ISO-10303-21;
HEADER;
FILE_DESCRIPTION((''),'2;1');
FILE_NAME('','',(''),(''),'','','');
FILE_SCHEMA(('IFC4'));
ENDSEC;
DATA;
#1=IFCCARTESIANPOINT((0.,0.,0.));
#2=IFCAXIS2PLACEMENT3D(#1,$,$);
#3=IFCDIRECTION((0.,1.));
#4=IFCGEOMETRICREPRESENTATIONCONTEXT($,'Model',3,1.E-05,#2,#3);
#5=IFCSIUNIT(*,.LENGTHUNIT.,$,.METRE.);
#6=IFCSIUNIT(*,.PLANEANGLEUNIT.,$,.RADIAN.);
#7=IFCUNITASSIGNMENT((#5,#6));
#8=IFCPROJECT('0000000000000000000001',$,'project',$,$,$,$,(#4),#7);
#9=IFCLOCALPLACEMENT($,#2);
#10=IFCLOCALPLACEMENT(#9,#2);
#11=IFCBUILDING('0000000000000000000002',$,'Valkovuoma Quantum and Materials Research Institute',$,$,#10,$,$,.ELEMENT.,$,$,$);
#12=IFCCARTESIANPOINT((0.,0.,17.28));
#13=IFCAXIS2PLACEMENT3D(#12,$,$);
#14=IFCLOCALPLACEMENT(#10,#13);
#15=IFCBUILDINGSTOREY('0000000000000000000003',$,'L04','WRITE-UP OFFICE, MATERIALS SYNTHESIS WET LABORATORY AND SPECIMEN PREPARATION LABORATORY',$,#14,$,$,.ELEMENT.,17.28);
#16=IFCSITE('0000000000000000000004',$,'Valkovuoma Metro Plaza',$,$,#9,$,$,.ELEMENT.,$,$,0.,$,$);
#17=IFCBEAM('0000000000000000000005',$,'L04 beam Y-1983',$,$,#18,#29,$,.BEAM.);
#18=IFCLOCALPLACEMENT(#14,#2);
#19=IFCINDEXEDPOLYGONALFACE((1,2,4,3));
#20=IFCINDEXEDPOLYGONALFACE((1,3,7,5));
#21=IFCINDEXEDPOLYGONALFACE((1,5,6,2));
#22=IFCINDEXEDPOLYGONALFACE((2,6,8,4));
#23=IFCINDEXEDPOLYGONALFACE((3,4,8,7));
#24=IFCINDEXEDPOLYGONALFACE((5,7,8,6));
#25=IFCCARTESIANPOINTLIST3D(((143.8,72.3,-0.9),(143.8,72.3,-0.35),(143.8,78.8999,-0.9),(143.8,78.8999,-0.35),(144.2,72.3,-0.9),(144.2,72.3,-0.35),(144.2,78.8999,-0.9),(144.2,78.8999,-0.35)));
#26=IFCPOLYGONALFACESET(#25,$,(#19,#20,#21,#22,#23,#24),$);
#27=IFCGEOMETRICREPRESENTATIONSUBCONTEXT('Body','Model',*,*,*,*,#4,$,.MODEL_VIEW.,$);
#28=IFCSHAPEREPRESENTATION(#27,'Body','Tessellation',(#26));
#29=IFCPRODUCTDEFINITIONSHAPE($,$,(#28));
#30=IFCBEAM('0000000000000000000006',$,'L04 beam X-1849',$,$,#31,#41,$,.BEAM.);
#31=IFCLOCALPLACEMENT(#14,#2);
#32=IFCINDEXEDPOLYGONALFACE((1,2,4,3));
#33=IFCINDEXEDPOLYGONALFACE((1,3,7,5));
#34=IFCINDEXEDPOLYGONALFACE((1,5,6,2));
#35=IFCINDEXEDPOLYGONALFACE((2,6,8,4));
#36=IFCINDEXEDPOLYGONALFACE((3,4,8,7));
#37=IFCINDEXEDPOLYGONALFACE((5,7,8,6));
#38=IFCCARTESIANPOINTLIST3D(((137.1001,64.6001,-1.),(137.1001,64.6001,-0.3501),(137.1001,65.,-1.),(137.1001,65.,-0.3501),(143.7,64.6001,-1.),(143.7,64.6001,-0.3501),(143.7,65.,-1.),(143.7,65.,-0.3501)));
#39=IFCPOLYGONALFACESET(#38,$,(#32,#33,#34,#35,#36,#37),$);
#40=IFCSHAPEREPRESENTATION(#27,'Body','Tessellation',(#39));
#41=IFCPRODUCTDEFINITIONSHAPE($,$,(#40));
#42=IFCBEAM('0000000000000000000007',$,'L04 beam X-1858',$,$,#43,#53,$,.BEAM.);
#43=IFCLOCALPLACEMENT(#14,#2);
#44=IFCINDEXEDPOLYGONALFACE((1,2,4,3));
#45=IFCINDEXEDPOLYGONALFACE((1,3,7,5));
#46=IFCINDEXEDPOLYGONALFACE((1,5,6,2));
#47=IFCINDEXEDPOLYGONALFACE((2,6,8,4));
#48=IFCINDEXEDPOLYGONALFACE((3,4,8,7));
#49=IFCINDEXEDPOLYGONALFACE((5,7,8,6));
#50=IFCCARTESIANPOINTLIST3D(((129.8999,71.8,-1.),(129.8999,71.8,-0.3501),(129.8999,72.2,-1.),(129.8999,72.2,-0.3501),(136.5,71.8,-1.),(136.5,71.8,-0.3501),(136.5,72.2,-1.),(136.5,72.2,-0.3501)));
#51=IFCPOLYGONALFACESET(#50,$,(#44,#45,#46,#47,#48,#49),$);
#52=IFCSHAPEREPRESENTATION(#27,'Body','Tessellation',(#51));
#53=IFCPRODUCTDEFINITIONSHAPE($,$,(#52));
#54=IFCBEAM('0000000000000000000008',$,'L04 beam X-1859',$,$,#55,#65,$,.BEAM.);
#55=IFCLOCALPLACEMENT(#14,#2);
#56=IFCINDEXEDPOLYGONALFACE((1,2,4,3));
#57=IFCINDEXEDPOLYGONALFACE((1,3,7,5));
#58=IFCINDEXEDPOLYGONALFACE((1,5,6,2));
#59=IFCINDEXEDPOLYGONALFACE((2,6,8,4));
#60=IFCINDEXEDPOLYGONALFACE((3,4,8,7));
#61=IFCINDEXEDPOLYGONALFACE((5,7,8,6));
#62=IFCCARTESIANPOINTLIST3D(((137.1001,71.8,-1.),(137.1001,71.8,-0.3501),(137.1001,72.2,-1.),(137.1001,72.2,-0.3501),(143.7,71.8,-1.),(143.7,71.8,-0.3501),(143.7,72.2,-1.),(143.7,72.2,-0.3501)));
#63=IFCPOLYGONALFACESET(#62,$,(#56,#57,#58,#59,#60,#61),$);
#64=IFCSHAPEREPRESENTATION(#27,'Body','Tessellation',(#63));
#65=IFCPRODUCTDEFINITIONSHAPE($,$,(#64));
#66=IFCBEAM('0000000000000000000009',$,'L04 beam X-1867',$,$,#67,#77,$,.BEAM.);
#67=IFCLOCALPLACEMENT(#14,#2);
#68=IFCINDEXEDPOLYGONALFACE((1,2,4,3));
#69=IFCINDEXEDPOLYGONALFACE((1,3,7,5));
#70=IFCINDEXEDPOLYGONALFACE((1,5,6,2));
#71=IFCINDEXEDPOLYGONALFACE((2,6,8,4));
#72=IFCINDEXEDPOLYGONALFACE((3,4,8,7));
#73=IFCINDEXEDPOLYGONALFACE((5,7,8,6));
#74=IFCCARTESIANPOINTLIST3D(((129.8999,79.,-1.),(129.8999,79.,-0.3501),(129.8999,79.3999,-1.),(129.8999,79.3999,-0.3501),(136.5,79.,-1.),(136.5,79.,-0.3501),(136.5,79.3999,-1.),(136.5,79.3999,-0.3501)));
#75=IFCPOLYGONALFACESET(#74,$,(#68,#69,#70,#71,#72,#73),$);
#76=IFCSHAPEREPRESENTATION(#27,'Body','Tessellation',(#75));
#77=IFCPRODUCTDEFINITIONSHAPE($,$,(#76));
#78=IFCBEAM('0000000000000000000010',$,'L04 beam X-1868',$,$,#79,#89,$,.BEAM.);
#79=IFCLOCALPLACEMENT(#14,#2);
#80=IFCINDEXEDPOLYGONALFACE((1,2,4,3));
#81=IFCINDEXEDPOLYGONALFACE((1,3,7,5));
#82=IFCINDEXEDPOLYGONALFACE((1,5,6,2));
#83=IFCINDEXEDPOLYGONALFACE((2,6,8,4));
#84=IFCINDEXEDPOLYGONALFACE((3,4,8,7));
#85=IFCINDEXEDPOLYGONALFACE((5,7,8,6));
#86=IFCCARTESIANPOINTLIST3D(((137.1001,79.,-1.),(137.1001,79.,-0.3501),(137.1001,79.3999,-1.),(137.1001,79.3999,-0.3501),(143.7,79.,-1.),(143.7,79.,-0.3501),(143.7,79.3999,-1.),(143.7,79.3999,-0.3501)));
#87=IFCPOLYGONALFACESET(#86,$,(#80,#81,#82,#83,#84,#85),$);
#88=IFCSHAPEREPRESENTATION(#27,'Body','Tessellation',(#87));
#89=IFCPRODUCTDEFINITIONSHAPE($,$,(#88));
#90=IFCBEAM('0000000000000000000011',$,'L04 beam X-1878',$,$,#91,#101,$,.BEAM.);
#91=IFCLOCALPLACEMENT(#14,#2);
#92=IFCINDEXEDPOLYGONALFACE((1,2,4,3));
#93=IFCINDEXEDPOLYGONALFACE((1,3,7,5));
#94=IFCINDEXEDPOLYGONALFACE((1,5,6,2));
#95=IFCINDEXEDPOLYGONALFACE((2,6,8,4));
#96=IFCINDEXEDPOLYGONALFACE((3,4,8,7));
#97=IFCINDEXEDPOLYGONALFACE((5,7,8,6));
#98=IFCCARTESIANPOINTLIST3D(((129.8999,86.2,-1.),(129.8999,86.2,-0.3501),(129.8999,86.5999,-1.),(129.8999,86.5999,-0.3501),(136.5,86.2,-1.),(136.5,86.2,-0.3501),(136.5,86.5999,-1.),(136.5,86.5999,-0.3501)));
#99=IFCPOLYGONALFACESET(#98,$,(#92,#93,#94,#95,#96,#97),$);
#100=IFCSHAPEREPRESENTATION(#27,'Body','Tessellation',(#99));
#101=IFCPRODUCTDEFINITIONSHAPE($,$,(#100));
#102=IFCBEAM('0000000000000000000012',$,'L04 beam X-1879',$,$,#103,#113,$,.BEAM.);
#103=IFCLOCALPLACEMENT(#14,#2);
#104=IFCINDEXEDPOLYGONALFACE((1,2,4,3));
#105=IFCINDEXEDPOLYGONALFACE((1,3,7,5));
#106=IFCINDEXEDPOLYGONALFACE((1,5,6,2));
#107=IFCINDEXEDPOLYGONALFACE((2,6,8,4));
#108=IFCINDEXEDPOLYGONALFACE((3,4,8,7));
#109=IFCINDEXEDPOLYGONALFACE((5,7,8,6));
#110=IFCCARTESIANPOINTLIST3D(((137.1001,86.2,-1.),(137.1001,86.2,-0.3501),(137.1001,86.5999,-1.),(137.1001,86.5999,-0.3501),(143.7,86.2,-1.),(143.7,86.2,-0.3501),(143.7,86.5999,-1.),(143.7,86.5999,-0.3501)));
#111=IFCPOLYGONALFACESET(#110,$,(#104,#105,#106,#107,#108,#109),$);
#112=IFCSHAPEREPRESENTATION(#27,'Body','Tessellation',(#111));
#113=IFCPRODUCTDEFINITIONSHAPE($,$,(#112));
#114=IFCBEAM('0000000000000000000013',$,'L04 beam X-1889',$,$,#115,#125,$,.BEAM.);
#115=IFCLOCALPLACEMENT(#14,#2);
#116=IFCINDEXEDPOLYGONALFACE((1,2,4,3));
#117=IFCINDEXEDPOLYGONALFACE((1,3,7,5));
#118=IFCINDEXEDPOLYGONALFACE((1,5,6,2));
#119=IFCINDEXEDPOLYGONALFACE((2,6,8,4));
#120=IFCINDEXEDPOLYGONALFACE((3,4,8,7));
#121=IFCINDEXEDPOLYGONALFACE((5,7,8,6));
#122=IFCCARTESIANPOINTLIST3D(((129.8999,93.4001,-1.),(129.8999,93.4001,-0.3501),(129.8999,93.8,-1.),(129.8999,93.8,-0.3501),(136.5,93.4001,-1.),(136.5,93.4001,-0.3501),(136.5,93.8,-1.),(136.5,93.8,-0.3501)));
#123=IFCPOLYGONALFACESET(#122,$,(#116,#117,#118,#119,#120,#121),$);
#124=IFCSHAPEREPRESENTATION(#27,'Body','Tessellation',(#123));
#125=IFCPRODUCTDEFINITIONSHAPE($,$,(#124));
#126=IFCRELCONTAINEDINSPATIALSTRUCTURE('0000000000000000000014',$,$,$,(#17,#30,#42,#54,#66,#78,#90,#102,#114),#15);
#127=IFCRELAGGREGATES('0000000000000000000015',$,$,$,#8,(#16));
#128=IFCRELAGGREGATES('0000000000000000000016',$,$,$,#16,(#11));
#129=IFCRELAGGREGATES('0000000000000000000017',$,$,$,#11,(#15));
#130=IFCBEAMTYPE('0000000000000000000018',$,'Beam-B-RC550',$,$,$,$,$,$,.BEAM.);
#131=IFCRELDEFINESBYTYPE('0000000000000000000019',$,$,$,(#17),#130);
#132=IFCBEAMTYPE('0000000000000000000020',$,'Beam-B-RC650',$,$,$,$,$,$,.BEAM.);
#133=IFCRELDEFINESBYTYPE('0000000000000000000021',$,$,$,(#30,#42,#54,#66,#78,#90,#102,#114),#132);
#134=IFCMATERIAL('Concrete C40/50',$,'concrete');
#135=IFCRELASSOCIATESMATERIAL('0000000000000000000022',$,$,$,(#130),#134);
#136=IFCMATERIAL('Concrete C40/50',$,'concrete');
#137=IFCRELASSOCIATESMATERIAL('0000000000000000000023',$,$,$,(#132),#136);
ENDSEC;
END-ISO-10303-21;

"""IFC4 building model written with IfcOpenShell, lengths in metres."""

from ifc_helpers import new_model, si_unit, direction, frame, origin, origin_2d, place, context, subcontext, project, spatial, rectangle, extrude, material, material_profile, profile_set, type_object, element, save


model = new_model("IFC4")

# Units and contexts
model_context = context("Model", 3, precision=1e-05, world=origin(), true_north=direction((0.0, 1.0)))
body_context = subcontext(model_context, "Body", "Model", "MODEL_VIEW")
ifc_project = project(units=[si_unit("LENGTHUNIT", "METRE"), si_unit("PLANEANGLEUNIT", "RADIAN")], contexts=[model_context])

# Site, building, storey
site_placement = place(None, origin())
site = spatial("IfcSite", under=ifc_project, at=site_placement, Name="Valkovuoma Metro Plaza", CompositionType="ELEMENT", RefElevation=0.0)
building_placement = place(site_placement, origin())
building = spatial("IfcBuilding", under=site, at=building_placement, Name="Valkovuoma Quantum and Materials Research Institute", CompositionType="ELEMENT")
storey_placement = place(building_placement, frame((0.0, 0.0, 17.28)))
storey = spatial("IfcBuildingStorey", under=building, at=storey_placement, Name="L04", Description="WRITE-UP OFFICE, MATERIALS SYNTHESIS WET LABORATORY AND SPECIMEN PREPARATION LABORATORY", CompositionType="ELEMENT", Elevation=17.28)

# Beams
ifc_material_1 = material(Name="Concrete C40/50", Category="concrete")
ifc_material_profile_1 = material_profile(ifc_material_1, rectangle(XDim=0.3999, YDim=0.55, at=origin_2d()), Name="Concrete C40/50")
ifc_profile_set_1 = profile_set([ifc_material_profile_1], Name="Concrete C40/50")
beam_type_1 = type_object("IfcBeamType", Name="Beam-B-RC550", PredefinedType="BEAM", material=ifc_profile_set_1)
for number, where, z_axis, x_axis, name in (
    (1, (144.0, 72.3, -0.625), (0.0, 1.0, 0.0), (-1.0, 0.0, 0.0), "L04 beam Y-1983"),
):
    element("IfcBeam", number, at=place(storey_placement, frame(where, z_axis=z_axis, x_axis=x_axis)), inside=storey, type_object=beam_type_1, Name=name, PredefinedType="BEAM", context=body_context, shape_type="SweptSolid", body=[
        extrude(rectangle(XDim=0.3999, YDim=0.55, at=origin_2d()), origin(), (0.0, 0.0, 1.0), 6.5999),
    ])
ifc_material_2 = material(Name="Concrete C40/50", Category="concrete")
ifc_material_profile_2 = material_profile(ifc_material_2, rectangle(XDim=0.3999, YDim=0.6499, at=origin_2d()), Name="Concrete C40/50")
ifc_profile_set_2 = profile_set([ifc_material_profile_2], Name="Concrete C40/50")
beam_type_2 = type_object("IfcBeamType", Name="Beam-B-RC650", PredefinedType="BEAM", material=ifc_profile_set_2)
beam_1_placement = place(storey_placement, frame((137.1001, 64.8, -0.675), z_axis=(1.0, 0.0, 0.0), x_axis=(0.0, 1.0, 0.0)))
element("IfcBeam", 2, at=beam_1_placement, inside=storey, type_object=beam_type_2, Name="L04 beam X-1849", PredefinedType="BEAM", context=body_context, shape_type="SweptSolid", body=[
    extrude(rectangle(XDim=0.3999, YDim=0.6499, at=origin_2d()), origin(), (0.0, 0.0, 1.0), 6.5999),
])
beam_2_placement = place(storey_placement, frame((129.8999, 72.0, -0.675), z_axis=(1.0, 0.0, 0.0), x_axis=(0.0, 1.0, 0.0)))
element("IfcBeam", 3, at=beam_2_placement, inside=storey, type_object=beam_type_2, Name="L04 beam X-1858", PredefinedType="BEAM", context=body_context, shape_type="SweptSolid", body=[
    extrude(rectangle(XDim=0.3999, YDim=0.6499, at=origin_2d()), origin(), (0.0, 0.0, 1.0), 6.6001),
])
beam_3_placement = place(storey_placement, frame((137.1001, 72.0, -0.675), z_axis=(1.0, 0.0, 0.0), x_axis=(0.0, 1.0, 0.0)))
element("IfcBeam", 4, at=beam_3_placement, inside=storey, type_object=beam_type_2, Name="L04 beam X-1859", PredefinedType="BEAM", context=body_context, shape_type="SweptSolid", body=[
    extrude(rectangle(XDim=0.3999, YDim=0.6499, at=origin_2d()), origin(), (0.0, 0.0, 1.0), 6.5999),
])
beam_4_placement = place(storey_placement, frame((129.8999, 79.2, -0.675), z_axis=(1.0, 0.0, 0.0), x_axis=(0.0, 1.0, 0.0)))
element("IfcBeam", 5, at=beam_4_placement, inside=storey, type_object=beam_type_2, Name="L04 beam X-1867", PredefinedType="BEAM", context=body_context, shape_type="SweptSolid", body=[
    extrude(rectangle(XDim=0.3999, YDim=0.6499, at=origin_2d()), origin(), (0.0, 0.0, 1.0), 6.6001),
])
beam_5_placement = place(storey_placement, frame((137.1001, 79.2, -0.675), z_axis=(1.0, 0.0, 0.0), x_axis=(0.0, 1.0, 0.0)))
element("IfcBeam", 6, at=beam_5_placement, inside=storey, type_object=beam_type_2, Name="L04 beam X-1868", PredefinedType="BEAM", context=body_context, shape_type="SweptSolid", body=[
    extrude(rectangle(XDim=0.3999, YDim=0.6499, at=origin_2d()), origin(), (0.0, 0.0, 1.0), 6.5999),
])
beam_6_placement = place(storey_placement, frame((129.8999, 86.3999, -0.675), z_axis=(1.0, 0.0, 0.0), x_axis=(0.0, 1.0, 0.0)))
element("IfcBeam", 7, at=beam_6_placement, inside=storey, type_object=beam_type_2, Name="L04 beam X-1878", PredefinedType="BEAM", context=body_context, shape_type="SweptSolid", body=[
    extrude(rectangle(XDim=0.3999, YDim=0.6499, at=origin_2d()), origin(), (0.0, 0.0, 1.0), 6.6001),
])
beam_7_placement = place(storey_placement, frame((137.1001, 86.3999, -0.675), z_axis=(1.0, 0.0, 0.0), x_axis=(0.0, 1.0, 0.0)))
element("IfcBeam", 8, at=beam_7_placement, inside=storey, type_object=beam_type_2, Name="L04 beam X-1879", PredefinedType="BEAM", context=body_context, shape_type="SweptSolid", body=[
    extrude(rectangle(XDim=0.3999, YDim=0.6499, at=origin_2d()), origin(), (0.0, 0.0, 1.0), 6.5999),
])
beam_8_placement = place(storey_placement, frame((129.8999, 93.6001, -0.675), z_axis=(1.0, 0.0, 0.0), x_axis=(0.0, 1.0, 0.0)))
element("IfcBeam", 9, at=beam_8_placement, inside=storey, type_object=beam_type_2, Name="L04 beam X-1889", PredefinedType="BEAM", context=body_context, shape_type="SweptSolid", body=[
    extrude(rectangle(XDim=0.3999, YDim=0.6499, at=origin_2d()), origin(), (0.0, 0.0, 1.0), 6.6001),
])

save(model, "model.ifc")
